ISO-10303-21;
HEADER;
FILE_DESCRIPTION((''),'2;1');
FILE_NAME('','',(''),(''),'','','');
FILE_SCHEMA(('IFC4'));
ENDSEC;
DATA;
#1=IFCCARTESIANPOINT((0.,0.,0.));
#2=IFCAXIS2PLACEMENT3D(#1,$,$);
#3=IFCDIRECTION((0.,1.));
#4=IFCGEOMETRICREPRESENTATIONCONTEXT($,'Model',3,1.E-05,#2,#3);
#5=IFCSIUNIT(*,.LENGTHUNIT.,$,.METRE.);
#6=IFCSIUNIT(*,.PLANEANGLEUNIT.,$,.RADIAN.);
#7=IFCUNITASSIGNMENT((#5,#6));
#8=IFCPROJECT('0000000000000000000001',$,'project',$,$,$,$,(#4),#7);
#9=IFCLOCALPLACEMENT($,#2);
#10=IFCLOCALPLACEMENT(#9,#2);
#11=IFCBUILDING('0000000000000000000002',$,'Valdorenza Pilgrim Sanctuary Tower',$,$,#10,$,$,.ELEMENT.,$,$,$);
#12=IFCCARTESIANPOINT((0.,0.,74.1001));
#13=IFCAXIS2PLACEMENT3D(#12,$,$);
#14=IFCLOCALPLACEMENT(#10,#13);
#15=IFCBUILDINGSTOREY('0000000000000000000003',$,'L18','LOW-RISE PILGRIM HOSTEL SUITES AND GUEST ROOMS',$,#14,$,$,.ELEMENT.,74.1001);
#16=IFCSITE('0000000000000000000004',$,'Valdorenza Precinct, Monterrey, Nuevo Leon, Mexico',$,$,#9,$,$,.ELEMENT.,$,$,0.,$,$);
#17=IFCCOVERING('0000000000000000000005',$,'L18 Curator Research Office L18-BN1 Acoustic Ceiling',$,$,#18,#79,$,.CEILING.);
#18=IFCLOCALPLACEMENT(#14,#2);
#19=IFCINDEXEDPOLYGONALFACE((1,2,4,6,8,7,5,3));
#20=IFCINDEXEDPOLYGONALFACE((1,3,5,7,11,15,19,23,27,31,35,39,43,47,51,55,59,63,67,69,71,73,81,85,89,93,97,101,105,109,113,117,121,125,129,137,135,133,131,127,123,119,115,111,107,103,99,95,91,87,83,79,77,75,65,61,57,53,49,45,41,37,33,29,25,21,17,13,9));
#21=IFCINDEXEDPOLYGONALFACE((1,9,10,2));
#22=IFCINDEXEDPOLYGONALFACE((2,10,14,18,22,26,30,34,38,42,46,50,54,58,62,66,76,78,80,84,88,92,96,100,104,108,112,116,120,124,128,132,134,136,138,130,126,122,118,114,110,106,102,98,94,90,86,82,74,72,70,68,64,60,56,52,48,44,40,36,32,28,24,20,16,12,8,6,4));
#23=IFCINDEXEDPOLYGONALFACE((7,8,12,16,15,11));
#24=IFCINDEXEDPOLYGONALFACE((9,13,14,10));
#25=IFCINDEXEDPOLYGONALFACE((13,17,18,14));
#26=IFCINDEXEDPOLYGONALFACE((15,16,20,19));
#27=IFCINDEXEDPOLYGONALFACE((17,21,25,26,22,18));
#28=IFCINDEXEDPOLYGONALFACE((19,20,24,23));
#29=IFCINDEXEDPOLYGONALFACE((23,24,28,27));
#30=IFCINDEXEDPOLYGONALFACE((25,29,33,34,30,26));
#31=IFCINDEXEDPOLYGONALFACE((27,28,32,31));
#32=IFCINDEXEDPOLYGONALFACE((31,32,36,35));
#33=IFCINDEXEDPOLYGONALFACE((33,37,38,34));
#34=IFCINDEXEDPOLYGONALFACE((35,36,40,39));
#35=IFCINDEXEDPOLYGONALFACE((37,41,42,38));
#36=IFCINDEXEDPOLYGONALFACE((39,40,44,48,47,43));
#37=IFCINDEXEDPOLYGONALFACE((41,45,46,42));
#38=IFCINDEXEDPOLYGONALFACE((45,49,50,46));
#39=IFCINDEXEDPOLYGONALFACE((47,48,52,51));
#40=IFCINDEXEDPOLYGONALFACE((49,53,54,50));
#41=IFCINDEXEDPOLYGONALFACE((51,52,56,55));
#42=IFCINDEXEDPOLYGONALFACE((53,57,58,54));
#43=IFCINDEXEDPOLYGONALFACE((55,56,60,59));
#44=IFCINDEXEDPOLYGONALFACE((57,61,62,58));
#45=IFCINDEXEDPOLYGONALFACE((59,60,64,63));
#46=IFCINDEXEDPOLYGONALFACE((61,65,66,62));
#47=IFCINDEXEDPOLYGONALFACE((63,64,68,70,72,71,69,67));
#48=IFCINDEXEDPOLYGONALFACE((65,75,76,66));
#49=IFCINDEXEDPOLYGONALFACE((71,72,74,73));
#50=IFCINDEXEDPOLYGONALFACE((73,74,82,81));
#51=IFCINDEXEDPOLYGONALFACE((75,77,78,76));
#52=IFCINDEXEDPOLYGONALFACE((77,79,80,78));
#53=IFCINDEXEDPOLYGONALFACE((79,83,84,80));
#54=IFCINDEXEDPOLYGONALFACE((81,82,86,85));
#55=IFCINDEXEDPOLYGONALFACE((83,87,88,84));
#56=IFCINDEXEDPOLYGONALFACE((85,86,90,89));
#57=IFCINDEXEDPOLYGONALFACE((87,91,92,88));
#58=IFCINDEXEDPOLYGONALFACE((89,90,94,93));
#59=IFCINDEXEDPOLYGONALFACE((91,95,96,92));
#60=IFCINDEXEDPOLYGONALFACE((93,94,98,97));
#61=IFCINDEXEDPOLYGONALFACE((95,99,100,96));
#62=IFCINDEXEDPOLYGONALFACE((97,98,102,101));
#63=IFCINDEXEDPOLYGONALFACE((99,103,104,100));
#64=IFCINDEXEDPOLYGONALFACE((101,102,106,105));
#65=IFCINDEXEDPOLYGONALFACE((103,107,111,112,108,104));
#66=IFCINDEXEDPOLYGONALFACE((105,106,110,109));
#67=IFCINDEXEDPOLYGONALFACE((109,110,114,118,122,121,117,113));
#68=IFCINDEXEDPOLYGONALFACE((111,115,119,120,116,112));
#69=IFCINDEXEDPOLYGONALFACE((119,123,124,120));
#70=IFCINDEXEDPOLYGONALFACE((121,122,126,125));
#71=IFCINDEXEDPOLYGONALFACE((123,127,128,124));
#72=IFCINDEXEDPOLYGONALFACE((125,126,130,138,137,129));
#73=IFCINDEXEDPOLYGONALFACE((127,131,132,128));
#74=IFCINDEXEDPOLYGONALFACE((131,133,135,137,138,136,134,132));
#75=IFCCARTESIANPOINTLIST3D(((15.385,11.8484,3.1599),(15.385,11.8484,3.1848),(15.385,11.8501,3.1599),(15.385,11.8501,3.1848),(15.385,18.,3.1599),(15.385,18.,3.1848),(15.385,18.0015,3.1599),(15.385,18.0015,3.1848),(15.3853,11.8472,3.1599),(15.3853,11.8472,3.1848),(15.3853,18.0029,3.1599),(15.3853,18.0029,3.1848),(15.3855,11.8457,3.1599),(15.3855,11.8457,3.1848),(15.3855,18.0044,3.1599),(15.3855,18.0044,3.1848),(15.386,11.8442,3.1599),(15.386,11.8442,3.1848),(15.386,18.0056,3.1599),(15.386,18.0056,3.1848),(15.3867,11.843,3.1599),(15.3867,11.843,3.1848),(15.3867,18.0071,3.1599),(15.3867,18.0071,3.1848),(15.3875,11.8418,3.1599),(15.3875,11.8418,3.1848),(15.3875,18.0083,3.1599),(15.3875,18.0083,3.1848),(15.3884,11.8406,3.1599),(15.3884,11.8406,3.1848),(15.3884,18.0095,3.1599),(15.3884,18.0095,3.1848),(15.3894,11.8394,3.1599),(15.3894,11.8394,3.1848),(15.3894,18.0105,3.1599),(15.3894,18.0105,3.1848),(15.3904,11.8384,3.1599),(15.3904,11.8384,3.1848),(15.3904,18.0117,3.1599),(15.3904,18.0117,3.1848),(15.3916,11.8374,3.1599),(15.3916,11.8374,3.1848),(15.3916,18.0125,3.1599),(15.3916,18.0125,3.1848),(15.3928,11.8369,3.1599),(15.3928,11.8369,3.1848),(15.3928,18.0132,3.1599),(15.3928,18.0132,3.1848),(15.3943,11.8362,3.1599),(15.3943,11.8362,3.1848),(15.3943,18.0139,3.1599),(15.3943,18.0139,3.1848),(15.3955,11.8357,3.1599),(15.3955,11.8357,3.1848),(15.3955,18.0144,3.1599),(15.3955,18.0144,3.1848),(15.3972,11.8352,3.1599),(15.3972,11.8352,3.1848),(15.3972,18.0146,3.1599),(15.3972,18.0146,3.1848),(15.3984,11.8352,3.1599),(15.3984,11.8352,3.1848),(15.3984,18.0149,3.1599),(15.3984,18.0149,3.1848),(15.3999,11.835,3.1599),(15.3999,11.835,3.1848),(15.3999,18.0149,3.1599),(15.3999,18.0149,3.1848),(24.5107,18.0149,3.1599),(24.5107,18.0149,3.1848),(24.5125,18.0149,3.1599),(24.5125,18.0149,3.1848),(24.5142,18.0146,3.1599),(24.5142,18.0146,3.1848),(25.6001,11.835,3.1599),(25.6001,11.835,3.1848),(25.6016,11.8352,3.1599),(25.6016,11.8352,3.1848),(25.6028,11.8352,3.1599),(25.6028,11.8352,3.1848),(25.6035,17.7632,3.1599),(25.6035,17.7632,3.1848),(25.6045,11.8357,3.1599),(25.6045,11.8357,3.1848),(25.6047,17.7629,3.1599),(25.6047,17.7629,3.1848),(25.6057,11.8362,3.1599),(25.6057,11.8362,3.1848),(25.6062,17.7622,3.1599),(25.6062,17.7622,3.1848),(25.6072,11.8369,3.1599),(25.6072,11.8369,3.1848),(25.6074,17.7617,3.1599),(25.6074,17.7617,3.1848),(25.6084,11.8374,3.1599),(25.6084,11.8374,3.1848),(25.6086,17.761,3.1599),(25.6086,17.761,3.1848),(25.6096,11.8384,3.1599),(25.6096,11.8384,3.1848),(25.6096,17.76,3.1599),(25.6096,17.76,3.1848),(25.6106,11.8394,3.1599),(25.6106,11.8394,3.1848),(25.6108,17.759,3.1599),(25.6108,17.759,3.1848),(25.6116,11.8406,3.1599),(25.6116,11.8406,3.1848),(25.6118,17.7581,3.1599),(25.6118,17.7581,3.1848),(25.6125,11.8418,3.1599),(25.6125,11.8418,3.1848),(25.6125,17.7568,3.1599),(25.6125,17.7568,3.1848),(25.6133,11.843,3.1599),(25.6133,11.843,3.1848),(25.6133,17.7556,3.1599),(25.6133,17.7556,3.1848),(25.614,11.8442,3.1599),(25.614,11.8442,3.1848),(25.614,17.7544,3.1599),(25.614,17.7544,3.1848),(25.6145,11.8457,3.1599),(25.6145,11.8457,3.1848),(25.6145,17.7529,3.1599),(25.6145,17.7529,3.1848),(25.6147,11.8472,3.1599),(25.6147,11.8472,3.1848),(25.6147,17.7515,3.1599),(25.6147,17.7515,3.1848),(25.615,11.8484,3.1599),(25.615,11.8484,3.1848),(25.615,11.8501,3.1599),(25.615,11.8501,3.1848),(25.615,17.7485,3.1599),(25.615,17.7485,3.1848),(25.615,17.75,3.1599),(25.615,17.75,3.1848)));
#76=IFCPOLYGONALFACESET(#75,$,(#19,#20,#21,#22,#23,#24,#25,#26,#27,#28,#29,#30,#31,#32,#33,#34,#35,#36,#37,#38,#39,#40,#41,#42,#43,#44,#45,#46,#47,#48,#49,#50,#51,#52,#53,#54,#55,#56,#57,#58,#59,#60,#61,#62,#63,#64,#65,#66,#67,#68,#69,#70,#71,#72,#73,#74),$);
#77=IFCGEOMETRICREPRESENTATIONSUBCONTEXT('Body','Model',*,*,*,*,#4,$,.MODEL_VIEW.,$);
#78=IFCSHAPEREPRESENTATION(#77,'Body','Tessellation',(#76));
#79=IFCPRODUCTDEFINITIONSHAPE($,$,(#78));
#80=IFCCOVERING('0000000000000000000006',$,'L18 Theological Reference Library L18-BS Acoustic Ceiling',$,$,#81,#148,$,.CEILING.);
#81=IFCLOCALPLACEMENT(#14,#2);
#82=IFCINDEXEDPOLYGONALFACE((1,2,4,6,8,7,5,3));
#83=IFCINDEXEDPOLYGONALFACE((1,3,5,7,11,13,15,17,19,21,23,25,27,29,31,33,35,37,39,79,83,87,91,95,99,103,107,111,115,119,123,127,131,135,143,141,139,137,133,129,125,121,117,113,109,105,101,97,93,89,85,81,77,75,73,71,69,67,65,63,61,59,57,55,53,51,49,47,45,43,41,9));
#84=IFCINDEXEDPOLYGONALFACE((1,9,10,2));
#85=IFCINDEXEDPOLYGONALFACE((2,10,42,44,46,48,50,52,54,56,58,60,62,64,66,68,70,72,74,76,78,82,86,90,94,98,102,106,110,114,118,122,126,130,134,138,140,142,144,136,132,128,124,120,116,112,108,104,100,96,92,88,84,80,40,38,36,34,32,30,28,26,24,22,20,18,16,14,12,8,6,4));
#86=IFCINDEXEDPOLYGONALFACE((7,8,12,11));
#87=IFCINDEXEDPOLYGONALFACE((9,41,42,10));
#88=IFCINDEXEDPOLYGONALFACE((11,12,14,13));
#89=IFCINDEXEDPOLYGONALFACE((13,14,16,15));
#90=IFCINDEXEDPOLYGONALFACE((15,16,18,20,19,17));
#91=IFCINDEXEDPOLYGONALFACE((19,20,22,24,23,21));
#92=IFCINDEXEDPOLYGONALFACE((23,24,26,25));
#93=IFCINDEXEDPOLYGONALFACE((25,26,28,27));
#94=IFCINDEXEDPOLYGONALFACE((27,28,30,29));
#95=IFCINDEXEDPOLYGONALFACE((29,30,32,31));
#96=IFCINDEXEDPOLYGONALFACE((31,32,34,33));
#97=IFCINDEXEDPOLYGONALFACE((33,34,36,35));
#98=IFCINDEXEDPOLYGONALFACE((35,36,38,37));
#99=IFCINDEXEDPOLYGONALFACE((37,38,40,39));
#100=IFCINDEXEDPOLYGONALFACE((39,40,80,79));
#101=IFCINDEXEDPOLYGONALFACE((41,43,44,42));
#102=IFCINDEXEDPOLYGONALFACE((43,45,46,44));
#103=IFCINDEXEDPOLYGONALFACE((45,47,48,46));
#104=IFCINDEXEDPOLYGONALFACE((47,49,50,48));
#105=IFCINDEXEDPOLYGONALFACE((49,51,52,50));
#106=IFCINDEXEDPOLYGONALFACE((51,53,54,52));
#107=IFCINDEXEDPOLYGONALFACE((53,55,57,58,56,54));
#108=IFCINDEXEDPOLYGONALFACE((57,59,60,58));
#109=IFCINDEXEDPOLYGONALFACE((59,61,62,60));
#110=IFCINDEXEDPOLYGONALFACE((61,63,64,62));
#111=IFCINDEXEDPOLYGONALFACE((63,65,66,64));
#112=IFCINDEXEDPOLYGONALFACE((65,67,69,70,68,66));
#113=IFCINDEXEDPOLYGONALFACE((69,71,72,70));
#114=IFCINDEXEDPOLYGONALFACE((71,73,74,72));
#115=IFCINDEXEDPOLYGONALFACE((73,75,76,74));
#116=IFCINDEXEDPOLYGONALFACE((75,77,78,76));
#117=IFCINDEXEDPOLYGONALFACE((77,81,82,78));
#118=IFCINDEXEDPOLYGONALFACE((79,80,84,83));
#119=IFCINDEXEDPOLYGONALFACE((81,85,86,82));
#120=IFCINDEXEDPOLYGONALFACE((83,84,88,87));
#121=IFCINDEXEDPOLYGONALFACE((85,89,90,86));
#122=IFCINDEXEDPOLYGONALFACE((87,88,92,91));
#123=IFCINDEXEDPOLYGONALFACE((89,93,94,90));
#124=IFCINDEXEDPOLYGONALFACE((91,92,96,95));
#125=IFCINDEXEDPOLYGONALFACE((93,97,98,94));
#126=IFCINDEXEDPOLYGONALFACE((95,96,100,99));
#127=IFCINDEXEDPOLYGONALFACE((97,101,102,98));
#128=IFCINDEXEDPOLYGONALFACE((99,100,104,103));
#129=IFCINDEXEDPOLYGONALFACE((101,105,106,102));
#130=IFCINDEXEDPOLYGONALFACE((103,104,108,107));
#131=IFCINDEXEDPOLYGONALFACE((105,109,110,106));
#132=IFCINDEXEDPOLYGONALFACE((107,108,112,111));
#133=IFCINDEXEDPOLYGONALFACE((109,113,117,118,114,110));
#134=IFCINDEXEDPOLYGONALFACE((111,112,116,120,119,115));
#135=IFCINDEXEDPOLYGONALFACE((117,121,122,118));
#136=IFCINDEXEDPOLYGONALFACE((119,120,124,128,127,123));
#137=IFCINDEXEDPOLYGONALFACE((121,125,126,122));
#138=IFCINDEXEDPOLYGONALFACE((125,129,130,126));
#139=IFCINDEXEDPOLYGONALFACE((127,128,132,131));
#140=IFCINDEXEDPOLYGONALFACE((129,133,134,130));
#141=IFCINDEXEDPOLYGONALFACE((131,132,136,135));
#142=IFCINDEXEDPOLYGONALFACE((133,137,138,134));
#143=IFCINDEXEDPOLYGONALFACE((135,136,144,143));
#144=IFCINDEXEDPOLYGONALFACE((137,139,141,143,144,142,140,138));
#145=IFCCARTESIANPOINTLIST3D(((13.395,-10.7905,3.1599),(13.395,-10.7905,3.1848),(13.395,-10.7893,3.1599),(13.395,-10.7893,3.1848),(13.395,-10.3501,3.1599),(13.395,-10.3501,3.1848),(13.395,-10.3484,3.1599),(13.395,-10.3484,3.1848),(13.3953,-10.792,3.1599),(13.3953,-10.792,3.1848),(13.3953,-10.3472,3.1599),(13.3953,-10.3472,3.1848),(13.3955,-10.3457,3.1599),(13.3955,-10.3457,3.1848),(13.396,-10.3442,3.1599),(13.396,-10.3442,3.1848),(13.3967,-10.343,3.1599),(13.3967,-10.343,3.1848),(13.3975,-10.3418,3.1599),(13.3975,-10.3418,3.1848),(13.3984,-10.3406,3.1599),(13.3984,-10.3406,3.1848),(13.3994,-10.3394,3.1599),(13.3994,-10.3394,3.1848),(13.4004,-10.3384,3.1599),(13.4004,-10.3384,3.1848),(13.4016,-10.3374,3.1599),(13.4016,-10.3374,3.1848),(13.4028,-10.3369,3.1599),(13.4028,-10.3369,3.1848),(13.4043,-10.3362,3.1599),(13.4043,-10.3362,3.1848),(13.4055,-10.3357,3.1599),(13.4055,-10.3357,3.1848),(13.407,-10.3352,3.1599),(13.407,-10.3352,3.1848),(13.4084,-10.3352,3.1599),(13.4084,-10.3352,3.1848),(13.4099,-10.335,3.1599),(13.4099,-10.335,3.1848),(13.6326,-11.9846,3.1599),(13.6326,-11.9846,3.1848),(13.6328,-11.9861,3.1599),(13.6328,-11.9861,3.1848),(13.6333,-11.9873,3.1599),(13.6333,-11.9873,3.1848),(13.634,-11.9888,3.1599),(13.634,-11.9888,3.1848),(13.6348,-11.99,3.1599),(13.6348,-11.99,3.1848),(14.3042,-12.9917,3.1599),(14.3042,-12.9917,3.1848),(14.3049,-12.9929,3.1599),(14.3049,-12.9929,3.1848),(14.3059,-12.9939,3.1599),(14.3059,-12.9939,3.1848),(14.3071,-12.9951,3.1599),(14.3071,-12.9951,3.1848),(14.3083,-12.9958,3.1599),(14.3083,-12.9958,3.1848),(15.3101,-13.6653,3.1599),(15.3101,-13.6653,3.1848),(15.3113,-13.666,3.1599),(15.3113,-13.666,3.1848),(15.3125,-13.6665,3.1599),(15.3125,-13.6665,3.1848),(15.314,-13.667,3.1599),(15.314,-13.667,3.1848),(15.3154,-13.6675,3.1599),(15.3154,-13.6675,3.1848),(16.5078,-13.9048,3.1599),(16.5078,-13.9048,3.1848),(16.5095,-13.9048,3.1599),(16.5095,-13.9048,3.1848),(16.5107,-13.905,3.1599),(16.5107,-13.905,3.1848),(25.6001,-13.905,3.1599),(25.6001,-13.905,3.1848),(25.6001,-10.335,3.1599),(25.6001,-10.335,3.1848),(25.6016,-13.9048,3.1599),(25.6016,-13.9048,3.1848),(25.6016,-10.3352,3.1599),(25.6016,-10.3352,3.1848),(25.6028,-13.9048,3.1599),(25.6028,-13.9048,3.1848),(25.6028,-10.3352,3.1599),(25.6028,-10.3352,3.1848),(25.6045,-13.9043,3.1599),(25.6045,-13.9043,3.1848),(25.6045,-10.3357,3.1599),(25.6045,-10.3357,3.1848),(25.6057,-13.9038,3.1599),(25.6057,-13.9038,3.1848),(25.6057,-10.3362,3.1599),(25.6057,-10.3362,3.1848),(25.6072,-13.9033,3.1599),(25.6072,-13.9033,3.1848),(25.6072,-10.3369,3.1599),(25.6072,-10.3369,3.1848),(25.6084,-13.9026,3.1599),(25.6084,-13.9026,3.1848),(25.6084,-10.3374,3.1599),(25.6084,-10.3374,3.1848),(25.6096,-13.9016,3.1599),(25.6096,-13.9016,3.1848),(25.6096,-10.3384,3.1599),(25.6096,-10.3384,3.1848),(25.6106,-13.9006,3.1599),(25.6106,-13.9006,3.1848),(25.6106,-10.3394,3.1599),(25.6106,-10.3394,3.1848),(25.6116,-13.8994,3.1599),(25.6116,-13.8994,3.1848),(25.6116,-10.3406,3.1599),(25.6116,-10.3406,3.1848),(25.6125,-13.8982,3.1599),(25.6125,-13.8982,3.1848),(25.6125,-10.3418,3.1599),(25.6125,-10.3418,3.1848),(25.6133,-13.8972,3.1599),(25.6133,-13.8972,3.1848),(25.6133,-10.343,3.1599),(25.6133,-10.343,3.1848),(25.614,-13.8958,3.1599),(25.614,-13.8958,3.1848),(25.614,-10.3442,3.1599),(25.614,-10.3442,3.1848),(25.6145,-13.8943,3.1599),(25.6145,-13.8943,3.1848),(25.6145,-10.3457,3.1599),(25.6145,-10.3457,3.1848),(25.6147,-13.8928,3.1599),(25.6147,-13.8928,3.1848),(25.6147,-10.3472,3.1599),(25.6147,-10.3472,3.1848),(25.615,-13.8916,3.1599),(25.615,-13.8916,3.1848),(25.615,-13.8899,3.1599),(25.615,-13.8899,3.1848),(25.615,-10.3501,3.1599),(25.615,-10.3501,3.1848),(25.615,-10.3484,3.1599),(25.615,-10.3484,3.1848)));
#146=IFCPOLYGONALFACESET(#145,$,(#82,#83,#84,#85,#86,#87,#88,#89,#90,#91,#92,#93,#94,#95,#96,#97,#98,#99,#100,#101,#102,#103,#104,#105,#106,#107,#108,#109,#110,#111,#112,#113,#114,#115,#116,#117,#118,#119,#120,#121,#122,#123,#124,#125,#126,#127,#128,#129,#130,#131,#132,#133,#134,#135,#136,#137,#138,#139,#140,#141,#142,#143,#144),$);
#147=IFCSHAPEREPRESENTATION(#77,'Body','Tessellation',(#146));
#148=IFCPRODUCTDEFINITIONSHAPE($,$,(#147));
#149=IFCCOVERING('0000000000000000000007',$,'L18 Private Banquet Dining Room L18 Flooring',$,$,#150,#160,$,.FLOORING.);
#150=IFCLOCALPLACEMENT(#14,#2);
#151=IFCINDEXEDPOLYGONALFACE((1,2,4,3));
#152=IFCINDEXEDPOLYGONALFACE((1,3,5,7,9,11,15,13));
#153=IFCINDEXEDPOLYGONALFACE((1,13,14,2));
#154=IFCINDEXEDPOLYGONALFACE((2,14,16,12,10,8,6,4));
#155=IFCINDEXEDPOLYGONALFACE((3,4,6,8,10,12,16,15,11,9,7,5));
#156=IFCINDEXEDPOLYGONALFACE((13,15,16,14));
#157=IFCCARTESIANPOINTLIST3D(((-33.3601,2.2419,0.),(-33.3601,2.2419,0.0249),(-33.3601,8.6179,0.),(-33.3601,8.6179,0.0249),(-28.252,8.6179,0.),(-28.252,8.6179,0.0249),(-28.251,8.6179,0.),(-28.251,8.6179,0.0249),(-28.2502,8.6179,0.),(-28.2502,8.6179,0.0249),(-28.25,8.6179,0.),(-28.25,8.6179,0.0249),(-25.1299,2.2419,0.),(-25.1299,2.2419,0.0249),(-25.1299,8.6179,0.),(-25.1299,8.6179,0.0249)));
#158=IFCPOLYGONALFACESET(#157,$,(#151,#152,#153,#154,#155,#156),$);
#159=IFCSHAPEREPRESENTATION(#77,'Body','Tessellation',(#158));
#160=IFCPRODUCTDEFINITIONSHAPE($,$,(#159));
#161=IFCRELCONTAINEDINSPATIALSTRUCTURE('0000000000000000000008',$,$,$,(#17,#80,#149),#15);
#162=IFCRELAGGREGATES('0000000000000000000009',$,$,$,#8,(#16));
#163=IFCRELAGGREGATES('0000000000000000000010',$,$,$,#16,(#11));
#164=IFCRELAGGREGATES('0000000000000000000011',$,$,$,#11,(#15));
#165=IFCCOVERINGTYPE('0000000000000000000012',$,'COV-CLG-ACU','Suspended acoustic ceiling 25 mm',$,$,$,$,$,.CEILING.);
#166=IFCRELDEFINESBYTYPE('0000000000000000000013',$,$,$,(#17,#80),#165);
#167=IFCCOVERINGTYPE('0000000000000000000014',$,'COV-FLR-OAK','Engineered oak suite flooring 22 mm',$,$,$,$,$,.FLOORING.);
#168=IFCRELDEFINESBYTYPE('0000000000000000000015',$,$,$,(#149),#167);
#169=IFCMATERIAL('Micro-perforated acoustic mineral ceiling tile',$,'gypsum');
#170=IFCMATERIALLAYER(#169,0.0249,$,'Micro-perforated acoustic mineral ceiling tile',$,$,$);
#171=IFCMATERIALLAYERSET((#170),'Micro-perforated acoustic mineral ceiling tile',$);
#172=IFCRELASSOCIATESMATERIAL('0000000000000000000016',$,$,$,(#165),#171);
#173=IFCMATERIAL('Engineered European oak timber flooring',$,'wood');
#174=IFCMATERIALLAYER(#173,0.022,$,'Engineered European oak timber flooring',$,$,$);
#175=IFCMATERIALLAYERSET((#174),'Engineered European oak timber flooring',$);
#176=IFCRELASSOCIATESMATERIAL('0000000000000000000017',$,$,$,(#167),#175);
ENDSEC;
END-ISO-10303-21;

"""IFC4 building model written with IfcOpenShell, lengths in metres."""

from ifc_helpers import new_model, si_unit, direction, frame, origin, place, context, subcontext, project, spatial, polyline, outline, extrude, material, layer, layer_set, type_object, element, save


model = new_model("IFC4")

# Units and contexts
model_context = context("Model", 3, precision=1e-05, world=origin(), true_north=direction((0.0, 1.0)))
body_context = subcontext(model_context, "Body", "Model", "MODEL_VIEW")
ifc_project = project(units=[si_unit("LENGTHUNIT", "METRE"), si_unit("PLANEANGLEUNIT", "RADIAN")], contexts=[model_context])

# Site, building, storey
site_placement = place(None, origin())
site = spatial("IfcSite", under=ifc_project, at=site_placement, Name="Valdorenza Precinct, Monterrey, Nuevo Leon, Mexico", CompositionType="ELEMENT", RefElevation=0.0)
building_placement = place(site_placement, origin())
building = spatial("IfcBuilding", under=site, at=building_placement, Name="Valdorenza Pilgrim Sanctuary Tower", CompositionType="ELEMENT")
storey_placement = place(building_placement, frame((0.0, 0.0, 74.1001)))
storey = spatial("IfcBuildingStorey", under=building, at=storey_placement, Name="L18", Description="LOW-RISE PILGRIM HOSTEL SUITES AND GUEST ROOMS", CompositionType="ELEMENT", Elevation=74.1001)

# Coverings
ifc_material_1 = material(Name="Micro-perforated acoustic mineral ceiling tile", Category="gypsum")
ifc_layer_1 = layer(ifc_material_1, 0.0249, Name="Micro-perforated acoustic mineral ceiling tile")
ifc_layer_set_1 = layer_set([ifc_layer_1], Name="Micro-perforated acoustic mineral ceiling tile")
covering_type_1 = type_object("IfcCoveringType", Name="COV-CLG-ACU", Description="Suspended acoustic ceiling 25 mm", PredefinedType="CEILING", material=ifc_layer_set_1)
covering_1_placement = place(storey_placement, frame((0.0, 0.0, 3.1599)))
element("IfcCovering", 1, at=covering_1_placement, inside=storey, type_object=covering_type_1, Name="L18 Curator Research Office L18-BN1 Acoustic Ceiling", PredefinedType="CEILING", context=body_context, shape_type="SweptSolid", body=[
    extrude(outline(polyline([(15.3999, 11.835), (15.3984, 11.8352), (15.3972, 11.8352), (15.3955, 11.8357), (15.3943, 11.8362), (15.3928, 11.8369), (15.3916, 11.8374), (15.3904, 11.8384), (15.3894, 11.8394), (15.3884, 11.8406), (15.3875, 11.8418), (15.3867, 11.843), (15.386, 11.8442), (15.3855, 11.8457), (15.3853, 11.8472), (15.385, 11.8484), (15.385, 11.8501), (15.385, 18.0), (15.385, 18.0015), (15.3853, 18.0029), (15.3855, 18.0044), (15.386, 18.0056), (15.3867, 18.0071), (15.3875, 18.0083), (15.3884, 18.0095), (15.3894, 18.0105), (15.3904, 18.0117), (15.3916, 18.0125), (15.3928, 18.0132), (15.3943, 18.0139), (15.3955, 18.0144), (15.3972, 18.0146), (15.3984, 18.0149), (15.3999, 18.0149), (24.5107, 18.0149), (24.5125, 18.0149), (24.5142, 18.0146), (25.6035, 17.7632), (25.6047, 17.7629), (25.6062, 17.7622), (25.6074, 17.7617), (25.6086, 17.761), (25.6096, 17.76), (25.6108, 17.759), (25.6118, 17.7581), (25.6125, 17.7568), (25.6133, 17.7556), (25.614, 17.7544), (25.6145, 17.7529), (25.6147, 17.7515), (25.615, 17.75), (25.615, 17.7485), (25.615, 11.8501), (25.615, 11.8484), (25.6147, 11.8472), (25.6145, 11.8457), (25.614, 11.8442), (25.6133, 11.843), (25.6125, 11.8418), (25.6116, 11.8406), (25.6106, 11.8394), (25.6096, 11.8384), (25.6084, 11.8374), (25.6072, 11.8369), (25.6057, 11.8362), (25.6045, 11.8357), (25.6028, 11.8352), (25.6016, 11.8352), (25.6001, 11.835), (15.3999, 11.835)])), origin(), (0.0, 0.0, 1.0), 0.0249),
])
covering_2_placement = place(storey_placement, frame((0.0, 0.0, 3.1599)))
element("IfcCovering", 2, at=covering_2_placement, inside=storey, type_object=covering_type_1, Name="L18 Theological Reference Library L18-BS Acoustic Ceiling", PredefinedType="CEILING", context=body_context, shape_type="SweptSolid", body=[
    extrude(outline(polyline([(25.615, -13.8899), (25.615, -13.8916), (25.6147, -13.8928), (25.6145, -13.8943), (25.614, -13.8958), (25.6133, -13.8972), (25.6125, -13.8982), (25.6116, -13.8994), (25.6106, -13.9006), (25.6096, -13.9016), (25.6084, -13.9026), (25.6072, -13.9033), (25.6057, -13.9038), (25.6045, -13.9043), (25.6028, -13.9048), (25.6016, -13.9048), (25.6001, -13.905), (16.5107, -13.905), (16.5095, -13.9048), (16.5078, -13.9048), (15.3154, -13.6675), (15.314, -13.667), (15.3125, -13.6665), (15.3113, -13.666), (15.3101, -13.6653), (14.3083, -12.9958), (14.3071, -12.9951), (14.3059, -12.9939), (14.3049, -12.9929), (14.3042, -12.9917), (13.6348, -11.99), (13.634, -11.9888), (13.6333, -11.9873), (13.6328, -11.9861), (13.6326, -11.9846), (13.3953, -10.792), (13.395, -10.7905), (13.395, -10.7893), (13.395, -10.3501), (13.395, -10.3484), (13.3953, -10.3472), (13.3955, -10.3457), (13.396, -10.3442), (13.3967, -10.343), (13.3975, -10.3418), (13.3984, -10.3406), (13.3994, -10.3394), (13.4004, -10.3384), (13.4016, -10.3374), (13.4028, -10.3369), (13.4043, -10.3362), (13.4055, -10.3357), (13.407, -10.3352), (13.4084, -10.3352), (13.4099, -10.335), (25.6001, -10.335), (25.6016, -10.3352), (25.6028, -10.3352), (25.6045, -10.3357), (25.6057, -10.3362), (25.6072, -10.3369), (25.6084, -10.3374), (25.6096, -10.3384), (25.6106, -10.3394), (25.6116, -10.3406), (25.6125, -10.3418), (25.6133, -10.343), (25.614, -10.3442), (25.6145, -10.3457), (25.6147, -10.3472), (25.615, -10.3484), (25.615, -10.3501), (25.615, -13.8899)])), origin(), (0.0, 0.0, 1.0), 0.0249),
])
ifc_material_2 = material(Name="Engineered European oak timber flooring", Category="wood")
ifc_layer_2 = layer(ifc_material_2, 0.022, Name="Engineered European oak timber flooring")
ifc_layer_set_2 = layer_set([ifc_layer_2], Name="Engineered European oak timber flooring")
covering_type_2 = type_object("IfcCoveringType", Name="COV-FLR-OAK", Description="Engineered oak suite flooring 22 mm", PredefinedType="FLOORING", material=ifc_layer_set_2)
covering_3_placement = place(storey_placement, origin())
element("IfcCovering", 3, at=covering_3_placement, inside=storey, type_object=covering_type_2, Name="L18 Private Banquet Dining Room L18 Flooring", PredefinedType="FLOORING", context=body_context, shape_type="SweptSolid", body=[
    extrude(outline(polyline([(-28.2502, 8.6179), (-28.25, 8.6179), (-25.1299, 8.6179), (-25.1299, 2.2419), (-33.3601, 2.2419), (-33.3601, 8.6179), (-28.252, 8.6179), (-28.251, 8.6179), (-28.2502, 8.6179)])), origin(), (0.0, 0.0, 1.0), 0.0249),
])

save(model, "model.ifc")
